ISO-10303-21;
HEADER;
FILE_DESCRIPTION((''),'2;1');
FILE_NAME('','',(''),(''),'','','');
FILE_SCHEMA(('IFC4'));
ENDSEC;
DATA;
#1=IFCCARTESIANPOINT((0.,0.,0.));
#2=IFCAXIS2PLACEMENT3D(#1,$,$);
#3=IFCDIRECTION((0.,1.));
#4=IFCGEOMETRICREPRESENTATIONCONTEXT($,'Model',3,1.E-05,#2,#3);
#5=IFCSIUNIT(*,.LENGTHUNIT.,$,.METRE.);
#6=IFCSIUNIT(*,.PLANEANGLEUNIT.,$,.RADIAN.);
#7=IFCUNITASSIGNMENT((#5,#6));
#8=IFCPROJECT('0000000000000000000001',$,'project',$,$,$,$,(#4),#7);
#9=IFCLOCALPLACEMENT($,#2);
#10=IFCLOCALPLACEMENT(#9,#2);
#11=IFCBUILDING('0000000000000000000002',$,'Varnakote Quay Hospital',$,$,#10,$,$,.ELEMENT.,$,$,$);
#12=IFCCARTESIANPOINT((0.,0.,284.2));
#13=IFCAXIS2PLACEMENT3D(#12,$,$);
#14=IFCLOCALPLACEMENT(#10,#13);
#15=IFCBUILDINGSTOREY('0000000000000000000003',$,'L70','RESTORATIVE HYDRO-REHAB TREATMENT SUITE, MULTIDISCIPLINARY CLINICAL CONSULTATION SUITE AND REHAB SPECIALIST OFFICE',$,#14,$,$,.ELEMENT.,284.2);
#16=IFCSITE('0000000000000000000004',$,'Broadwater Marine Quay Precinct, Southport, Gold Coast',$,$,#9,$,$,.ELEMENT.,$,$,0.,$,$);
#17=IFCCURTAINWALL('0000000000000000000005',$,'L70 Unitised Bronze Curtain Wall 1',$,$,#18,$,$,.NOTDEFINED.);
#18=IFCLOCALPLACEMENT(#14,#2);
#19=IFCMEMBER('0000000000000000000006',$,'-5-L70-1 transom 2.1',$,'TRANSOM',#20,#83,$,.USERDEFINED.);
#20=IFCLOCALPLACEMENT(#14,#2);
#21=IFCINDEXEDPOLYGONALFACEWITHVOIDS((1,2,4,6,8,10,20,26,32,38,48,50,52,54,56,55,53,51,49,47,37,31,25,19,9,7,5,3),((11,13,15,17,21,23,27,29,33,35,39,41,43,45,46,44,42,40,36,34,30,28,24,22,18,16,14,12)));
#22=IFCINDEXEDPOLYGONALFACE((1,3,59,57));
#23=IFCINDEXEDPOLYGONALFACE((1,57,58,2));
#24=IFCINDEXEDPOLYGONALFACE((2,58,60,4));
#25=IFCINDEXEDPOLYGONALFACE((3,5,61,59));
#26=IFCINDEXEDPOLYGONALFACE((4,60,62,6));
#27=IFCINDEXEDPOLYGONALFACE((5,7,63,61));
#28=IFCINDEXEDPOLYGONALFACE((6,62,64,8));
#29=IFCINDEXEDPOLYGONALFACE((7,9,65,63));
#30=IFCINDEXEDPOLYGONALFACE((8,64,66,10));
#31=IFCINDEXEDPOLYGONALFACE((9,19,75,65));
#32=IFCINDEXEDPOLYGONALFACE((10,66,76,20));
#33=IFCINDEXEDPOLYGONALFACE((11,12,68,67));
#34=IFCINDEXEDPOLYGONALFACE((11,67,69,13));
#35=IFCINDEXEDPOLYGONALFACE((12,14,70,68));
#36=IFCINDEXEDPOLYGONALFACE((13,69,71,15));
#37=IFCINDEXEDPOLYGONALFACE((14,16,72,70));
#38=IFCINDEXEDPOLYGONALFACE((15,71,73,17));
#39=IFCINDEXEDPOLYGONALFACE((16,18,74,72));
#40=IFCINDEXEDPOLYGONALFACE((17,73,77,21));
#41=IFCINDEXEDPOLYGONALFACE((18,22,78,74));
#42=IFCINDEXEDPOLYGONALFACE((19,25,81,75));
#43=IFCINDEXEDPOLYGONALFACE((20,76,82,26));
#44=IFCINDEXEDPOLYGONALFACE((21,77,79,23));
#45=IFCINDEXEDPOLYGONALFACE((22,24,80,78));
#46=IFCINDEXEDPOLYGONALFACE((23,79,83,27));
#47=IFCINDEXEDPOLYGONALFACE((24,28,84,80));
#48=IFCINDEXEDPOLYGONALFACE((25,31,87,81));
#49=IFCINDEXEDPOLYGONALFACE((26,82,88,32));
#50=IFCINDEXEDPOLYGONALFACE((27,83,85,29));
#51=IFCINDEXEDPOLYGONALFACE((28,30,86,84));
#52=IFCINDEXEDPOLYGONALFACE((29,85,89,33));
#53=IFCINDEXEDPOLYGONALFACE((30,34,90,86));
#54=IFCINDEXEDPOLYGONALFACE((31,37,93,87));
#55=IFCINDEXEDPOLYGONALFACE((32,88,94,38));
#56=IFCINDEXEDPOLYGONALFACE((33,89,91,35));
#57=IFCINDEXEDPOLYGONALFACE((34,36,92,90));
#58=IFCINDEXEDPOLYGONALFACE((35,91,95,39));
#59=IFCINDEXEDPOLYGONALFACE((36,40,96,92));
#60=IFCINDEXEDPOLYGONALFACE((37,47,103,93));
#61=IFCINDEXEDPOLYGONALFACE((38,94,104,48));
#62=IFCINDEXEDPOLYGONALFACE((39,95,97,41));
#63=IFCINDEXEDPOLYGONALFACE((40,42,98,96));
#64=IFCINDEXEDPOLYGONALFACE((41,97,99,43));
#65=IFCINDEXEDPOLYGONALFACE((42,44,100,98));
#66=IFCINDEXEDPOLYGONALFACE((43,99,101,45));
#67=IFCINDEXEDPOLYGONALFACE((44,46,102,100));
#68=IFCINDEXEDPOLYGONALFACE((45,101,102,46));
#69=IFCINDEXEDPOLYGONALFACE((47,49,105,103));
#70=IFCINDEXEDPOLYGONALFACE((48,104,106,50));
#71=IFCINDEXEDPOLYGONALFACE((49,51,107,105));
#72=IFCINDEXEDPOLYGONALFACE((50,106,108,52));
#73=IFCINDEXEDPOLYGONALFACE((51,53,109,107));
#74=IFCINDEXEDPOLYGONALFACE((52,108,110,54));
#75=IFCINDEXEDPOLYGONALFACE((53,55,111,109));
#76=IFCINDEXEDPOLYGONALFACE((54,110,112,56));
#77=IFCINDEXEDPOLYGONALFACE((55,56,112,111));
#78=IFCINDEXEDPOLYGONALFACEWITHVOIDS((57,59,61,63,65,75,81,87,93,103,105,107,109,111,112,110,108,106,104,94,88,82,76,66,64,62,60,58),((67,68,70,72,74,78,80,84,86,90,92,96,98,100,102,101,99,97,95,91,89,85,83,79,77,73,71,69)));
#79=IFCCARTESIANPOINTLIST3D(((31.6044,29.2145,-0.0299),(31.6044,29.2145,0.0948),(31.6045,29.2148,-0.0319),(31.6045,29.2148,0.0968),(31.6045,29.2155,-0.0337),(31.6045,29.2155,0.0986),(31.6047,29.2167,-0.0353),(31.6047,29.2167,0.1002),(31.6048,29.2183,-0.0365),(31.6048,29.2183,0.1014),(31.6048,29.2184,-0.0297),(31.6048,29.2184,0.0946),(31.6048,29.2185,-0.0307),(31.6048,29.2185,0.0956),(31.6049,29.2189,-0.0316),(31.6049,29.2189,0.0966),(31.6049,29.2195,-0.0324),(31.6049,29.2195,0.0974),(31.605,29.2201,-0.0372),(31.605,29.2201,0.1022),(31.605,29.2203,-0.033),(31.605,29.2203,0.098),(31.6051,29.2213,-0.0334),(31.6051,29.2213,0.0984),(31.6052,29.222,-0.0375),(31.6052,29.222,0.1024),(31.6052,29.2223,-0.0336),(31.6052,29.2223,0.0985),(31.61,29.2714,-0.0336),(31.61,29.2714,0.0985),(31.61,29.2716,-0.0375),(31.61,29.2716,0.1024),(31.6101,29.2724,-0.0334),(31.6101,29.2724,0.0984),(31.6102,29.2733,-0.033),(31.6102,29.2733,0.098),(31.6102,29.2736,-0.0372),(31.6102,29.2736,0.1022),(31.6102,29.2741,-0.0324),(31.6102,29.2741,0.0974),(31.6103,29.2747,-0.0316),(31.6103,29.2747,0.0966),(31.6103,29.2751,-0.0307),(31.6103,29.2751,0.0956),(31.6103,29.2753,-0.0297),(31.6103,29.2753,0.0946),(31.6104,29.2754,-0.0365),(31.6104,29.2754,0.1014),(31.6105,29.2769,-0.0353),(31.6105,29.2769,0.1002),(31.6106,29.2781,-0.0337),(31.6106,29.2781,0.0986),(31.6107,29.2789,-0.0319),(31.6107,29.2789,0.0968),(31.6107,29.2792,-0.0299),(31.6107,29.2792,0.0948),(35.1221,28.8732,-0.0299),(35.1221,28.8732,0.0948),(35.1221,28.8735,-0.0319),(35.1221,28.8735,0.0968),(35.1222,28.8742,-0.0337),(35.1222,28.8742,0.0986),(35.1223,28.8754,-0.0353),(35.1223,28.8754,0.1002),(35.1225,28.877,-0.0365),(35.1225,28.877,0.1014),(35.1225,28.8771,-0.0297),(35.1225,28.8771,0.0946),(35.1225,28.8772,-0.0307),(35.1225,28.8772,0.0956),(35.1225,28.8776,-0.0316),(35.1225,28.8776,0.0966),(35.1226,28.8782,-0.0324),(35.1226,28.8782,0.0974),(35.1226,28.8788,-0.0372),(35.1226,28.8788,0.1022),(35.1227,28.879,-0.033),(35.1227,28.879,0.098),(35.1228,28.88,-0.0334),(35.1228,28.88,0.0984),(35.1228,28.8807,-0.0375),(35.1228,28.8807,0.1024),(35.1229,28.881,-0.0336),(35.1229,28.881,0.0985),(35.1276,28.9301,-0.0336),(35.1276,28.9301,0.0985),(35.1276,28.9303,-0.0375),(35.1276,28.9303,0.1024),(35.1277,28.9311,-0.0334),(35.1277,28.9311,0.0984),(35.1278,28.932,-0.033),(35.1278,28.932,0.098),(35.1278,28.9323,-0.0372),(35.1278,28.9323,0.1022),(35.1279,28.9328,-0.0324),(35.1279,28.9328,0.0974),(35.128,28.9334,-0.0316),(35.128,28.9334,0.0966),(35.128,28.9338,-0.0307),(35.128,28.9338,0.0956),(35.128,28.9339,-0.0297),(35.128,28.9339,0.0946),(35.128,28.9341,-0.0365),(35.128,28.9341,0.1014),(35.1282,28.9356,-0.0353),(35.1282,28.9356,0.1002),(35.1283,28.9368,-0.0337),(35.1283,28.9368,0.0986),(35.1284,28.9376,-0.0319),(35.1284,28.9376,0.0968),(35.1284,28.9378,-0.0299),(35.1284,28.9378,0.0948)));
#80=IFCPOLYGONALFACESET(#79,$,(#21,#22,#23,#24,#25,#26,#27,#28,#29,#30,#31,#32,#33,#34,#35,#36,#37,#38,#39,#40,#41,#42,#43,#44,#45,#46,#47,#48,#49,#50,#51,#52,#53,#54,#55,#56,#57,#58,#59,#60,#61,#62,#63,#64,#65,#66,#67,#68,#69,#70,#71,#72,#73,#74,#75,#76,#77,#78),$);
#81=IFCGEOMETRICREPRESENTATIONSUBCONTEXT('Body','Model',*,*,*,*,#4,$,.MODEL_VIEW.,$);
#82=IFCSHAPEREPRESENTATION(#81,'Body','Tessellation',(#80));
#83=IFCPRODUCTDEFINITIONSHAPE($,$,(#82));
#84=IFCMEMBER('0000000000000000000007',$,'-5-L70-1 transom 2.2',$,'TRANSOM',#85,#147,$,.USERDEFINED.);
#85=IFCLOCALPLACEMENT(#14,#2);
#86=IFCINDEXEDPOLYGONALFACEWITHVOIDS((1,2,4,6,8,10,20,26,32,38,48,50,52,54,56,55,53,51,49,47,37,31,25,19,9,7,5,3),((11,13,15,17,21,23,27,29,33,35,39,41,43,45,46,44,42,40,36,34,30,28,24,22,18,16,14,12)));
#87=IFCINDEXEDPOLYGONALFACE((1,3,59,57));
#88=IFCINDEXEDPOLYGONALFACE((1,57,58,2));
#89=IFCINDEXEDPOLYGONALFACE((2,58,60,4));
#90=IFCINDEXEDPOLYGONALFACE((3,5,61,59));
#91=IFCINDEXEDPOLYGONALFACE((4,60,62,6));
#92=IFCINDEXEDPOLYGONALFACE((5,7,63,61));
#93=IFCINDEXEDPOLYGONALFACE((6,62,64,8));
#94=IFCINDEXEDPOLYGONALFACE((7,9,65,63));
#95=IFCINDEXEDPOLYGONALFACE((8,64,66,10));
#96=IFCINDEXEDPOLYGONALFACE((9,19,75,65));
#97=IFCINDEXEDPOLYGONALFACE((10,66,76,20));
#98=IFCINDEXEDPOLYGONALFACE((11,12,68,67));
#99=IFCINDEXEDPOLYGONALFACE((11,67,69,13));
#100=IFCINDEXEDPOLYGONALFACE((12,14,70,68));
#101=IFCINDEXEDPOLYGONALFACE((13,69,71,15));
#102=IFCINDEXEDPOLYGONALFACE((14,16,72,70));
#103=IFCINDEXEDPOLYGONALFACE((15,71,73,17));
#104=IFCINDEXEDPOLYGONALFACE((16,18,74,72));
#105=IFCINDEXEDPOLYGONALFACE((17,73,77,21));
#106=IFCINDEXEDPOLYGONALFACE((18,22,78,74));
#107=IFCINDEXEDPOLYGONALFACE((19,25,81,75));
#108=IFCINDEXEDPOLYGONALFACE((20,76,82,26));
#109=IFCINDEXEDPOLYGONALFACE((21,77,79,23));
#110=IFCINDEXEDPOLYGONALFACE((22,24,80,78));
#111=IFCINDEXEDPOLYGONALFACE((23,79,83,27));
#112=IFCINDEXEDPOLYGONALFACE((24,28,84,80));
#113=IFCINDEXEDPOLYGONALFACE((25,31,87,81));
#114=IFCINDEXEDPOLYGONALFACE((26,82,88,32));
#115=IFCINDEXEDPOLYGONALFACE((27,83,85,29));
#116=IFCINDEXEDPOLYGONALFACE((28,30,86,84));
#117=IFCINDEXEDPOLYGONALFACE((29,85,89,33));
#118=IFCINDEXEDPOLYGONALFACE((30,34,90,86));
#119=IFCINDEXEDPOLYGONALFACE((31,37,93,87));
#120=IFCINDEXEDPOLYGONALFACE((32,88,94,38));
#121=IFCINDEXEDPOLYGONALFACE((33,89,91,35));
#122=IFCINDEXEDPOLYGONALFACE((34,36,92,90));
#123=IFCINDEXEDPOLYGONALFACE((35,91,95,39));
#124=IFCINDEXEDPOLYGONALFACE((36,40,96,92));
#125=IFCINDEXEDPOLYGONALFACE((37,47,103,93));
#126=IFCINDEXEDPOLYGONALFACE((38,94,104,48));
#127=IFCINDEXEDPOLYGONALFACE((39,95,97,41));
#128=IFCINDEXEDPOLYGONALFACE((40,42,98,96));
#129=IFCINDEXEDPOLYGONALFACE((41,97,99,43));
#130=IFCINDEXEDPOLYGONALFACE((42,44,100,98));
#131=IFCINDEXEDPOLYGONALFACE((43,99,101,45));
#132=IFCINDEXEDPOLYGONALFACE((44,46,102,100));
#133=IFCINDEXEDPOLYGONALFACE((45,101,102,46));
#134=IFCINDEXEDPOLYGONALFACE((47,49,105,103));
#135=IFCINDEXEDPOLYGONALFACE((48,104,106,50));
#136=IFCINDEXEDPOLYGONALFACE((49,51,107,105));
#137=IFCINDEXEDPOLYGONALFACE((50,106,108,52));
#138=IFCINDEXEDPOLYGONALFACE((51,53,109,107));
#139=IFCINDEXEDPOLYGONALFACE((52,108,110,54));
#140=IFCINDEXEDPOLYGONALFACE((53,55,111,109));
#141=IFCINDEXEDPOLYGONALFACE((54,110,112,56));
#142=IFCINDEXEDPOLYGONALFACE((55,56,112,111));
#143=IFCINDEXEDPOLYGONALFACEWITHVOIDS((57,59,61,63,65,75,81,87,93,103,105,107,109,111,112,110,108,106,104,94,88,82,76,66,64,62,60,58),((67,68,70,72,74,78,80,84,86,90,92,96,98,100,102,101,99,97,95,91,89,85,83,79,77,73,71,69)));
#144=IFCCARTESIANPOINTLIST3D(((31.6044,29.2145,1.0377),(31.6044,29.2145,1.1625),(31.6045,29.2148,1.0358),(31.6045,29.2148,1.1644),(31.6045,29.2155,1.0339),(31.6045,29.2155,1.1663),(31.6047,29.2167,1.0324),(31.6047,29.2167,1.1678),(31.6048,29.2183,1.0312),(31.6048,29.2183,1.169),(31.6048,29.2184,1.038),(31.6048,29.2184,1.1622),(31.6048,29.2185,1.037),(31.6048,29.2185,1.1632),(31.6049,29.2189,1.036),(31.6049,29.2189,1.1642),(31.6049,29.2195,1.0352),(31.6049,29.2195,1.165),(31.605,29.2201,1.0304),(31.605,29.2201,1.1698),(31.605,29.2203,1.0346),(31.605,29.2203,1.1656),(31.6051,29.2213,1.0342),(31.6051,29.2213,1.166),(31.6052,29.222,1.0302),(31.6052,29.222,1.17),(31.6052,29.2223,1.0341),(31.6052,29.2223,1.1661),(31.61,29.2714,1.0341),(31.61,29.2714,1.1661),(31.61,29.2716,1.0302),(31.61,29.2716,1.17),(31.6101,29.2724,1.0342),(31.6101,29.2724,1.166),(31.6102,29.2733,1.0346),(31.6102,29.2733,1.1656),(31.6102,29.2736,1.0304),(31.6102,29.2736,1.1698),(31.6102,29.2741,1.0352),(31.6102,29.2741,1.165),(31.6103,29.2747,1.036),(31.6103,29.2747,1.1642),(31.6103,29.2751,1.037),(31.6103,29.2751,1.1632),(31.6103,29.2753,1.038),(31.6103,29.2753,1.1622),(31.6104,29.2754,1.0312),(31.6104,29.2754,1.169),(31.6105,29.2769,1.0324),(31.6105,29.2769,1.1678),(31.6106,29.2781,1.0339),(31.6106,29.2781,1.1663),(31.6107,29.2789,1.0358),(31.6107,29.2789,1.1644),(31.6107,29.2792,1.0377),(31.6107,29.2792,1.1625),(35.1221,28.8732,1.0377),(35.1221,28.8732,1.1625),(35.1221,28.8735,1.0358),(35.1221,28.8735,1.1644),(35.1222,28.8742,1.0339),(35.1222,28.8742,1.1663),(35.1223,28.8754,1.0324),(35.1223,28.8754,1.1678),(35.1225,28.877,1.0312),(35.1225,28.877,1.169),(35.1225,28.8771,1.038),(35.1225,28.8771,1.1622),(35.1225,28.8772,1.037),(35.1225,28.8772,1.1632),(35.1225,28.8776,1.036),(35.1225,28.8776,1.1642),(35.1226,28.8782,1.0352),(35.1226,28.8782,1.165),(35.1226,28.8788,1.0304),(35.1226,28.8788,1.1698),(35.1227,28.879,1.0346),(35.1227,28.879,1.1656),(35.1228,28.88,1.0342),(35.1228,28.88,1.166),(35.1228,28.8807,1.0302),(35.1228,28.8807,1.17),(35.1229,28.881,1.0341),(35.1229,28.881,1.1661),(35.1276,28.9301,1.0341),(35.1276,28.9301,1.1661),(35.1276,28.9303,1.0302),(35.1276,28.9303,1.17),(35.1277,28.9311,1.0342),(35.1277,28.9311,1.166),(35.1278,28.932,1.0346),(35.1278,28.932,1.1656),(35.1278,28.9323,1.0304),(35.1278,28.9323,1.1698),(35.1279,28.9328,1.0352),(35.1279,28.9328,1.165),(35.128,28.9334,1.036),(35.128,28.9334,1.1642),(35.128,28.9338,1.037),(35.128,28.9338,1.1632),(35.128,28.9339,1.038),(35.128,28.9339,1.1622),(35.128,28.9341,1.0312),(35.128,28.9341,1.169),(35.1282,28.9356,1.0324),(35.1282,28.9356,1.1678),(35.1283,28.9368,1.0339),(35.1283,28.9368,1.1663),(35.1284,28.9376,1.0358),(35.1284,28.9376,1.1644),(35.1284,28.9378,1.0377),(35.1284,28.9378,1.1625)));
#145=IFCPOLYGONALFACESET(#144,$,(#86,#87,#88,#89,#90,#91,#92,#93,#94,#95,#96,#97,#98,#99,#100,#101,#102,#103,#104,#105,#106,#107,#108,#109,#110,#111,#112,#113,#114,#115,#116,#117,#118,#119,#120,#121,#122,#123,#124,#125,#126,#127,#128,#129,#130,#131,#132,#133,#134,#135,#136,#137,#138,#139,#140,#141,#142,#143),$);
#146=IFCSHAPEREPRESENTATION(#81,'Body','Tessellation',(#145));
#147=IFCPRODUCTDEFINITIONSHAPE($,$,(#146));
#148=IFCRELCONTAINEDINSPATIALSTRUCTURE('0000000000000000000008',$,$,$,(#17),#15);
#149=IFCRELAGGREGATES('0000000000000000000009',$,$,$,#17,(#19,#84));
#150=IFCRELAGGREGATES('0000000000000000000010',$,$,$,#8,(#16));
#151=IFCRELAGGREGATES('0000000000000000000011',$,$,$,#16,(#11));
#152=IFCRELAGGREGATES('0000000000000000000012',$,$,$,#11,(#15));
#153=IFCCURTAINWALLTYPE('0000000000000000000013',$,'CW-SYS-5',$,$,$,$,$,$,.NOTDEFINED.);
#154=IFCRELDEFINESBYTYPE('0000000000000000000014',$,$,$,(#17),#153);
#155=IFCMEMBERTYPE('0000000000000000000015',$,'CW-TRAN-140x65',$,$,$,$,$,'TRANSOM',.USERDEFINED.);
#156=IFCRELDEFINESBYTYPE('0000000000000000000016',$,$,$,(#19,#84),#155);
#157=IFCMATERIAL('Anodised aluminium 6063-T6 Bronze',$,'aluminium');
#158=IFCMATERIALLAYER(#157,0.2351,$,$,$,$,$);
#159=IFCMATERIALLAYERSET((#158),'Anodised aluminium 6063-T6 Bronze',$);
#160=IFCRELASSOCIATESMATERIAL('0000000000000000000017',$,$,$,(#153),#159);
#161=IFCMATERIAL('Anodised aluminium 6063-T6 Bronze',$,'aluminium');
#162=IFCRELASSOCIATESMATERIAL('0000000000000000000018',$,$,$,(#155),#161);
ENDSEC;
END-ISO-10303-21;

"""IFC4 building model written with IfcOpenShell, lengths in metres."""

from ifc_helpers import new_model, si_unit, direction, frame, origin, origin_2d, place, context, subcontext, project, spatial, hollow_rectangle, extrude, material, layer, layer_set, material_profile, profile_set, type_object, element, aggregate, save


model = new_model("IFC4")

# Units and contexts
model_context = context("Model", 3, precision=1e-05, world=origin(), true_north=direction((0.0, 1.0)))
body_context = subcontext(model_context, "Body", "Model", "MODEL_VIEW")
ifc_project = project(units=[si_unit("LENGTHUNIT", "METRE"), si_unit("PLANEANGLEUNIT", "RADIAN")], contexts=[model_context])

# Site, building, storey
site_placement = place(None, origin())
site = spatial("IfcSite", under=ifc_project, at=site_placement, Name="Broadwater Marine Quay Precinct, Southport, Gold Coast", CompositionType="ELEMENT", RefElevation=0.0)
building_placement = place(site_placement, origin())
building = spatial("IfcBuilding", under=site, at=building_placement, Name="Varnakote Quay Hospital", CompositionType="ELEMENT")
storey_placement = place(building_placement, frame((0.0, 0.0, 284.2)))
storey = spatial("IfcBuildingStorey", under=building, at=storey_placement, Name="L70", Description="RESTORATIVE HYDRO-REHAB TREATMENT SUITE, MULTIDISCIPLINARY CLINICAL CONSULTATION SUITE AND REHAB SPECIALIST OFFICE", CompositionType="ELEMENT", Elevation=284.2)

# Curtain wall, members
ifc_material_1 = material(Name="Anodised aluminium 6063-T6 Bronze", Category="aluminium")
ifc_layer_1 = layer(ifc_material_1, 0.2351)
ifc_layer_set_1 = layer_set([ifc_layer_1], Name="Anodised aluminium 6063-T6 Bronze")
curtain_wall_type = type_object("IfcCurtainWallType", Name="CW-SYS-5", PredefinedType="NOTDEFINED", material=ifc_layer_set_1)
curtain_wall_placement = place(storey_placement, origin())
curtain_wall = element("IfcCurtainWall", 1, at=curtain_wall_placement, inside=storey, type_object=curtain_wall_type, Name="L70 Unitised Bronze Curtain Wall 1", PredefinedType="NOTDEFINED")
ifc_material_2 = material(Name="Anodised aluminium 6063-T6 Bronze", Category="aluminium")
ifc_material_profile_1 = material_profile(ifc_material_2, hollow_rectangle(XDim=0.0649, YDim=0.1399, WallThickness=0.0039, InnerFilletRadius=0.0039, OuterFilletRadius=0.0076, at=origin_2d()), Name="CW-TRAN-140x65")
ifc_profile_set_1 = profile_set([ifc_material_profile_1], Name="Anodised aluminium 6063-T6 Bronze")
member_type_1 = type_object("IfcMemberType", Name="CW-TRAN-140x65", ElementType="TRANSOM", PredefinedType="USERDEFINED", material=ifc_profile_set_1)
member_1_placement = place(storey_placement, frame((35.1252, 28.9055, 0.0325), z_axis=(-0.995326, 0.096576, 0.0), x_axis=(-0.096576, -0.995326, 0.0)))
member_1 = element("IfcMember", 2, at=member_1_placement, type_object=member_type_1, Name="-5-L70-1 transom 2.1", ObjectType="TRANSOM", PredefinedType="USERDEFINED", context=body_context, shape_type="SweptSolid", body=[
    extrude(hollow_rectangle(XDim=0.0649, YDim=0.1399, WallThickness=0.0039, InnerFilletRadius=0.0039, OuterFilletRadius=0.0076, at=origin_2d()), origin(), (0.0, 0.0, 1.0), 3.5342),
])
member_2_placement = place(storey_placement, frame((35.1252, 28.9055, 1.1001), z_axis=(-0.995326, 0.096576, 0.0), x_axis=(-0.096576, -0.995326, 0.0)))
member_2 = element("IfcMember", 3, at=member_2_placement, type_object=member_type_1, Name="-5-L70-1 transom 2.2", ObjectType="TRANSOM", PredefinedType="USERDEFINED", context=body_context, shape_type="SweptSolid", body=[
    extrude(hollow_rectangle(XDim=0.0649, YDim=0.1399, WallThickness=0.0039, InnerFilletRadius=0.0039, OuterFilletRadius=0.0076, at=origin_2d()), origin(), (0.0, 0.0, 1.0), 3.5342),
])
aggregate(curtain_wall, [member_1, member_2])

save(model, "model.ifc")
